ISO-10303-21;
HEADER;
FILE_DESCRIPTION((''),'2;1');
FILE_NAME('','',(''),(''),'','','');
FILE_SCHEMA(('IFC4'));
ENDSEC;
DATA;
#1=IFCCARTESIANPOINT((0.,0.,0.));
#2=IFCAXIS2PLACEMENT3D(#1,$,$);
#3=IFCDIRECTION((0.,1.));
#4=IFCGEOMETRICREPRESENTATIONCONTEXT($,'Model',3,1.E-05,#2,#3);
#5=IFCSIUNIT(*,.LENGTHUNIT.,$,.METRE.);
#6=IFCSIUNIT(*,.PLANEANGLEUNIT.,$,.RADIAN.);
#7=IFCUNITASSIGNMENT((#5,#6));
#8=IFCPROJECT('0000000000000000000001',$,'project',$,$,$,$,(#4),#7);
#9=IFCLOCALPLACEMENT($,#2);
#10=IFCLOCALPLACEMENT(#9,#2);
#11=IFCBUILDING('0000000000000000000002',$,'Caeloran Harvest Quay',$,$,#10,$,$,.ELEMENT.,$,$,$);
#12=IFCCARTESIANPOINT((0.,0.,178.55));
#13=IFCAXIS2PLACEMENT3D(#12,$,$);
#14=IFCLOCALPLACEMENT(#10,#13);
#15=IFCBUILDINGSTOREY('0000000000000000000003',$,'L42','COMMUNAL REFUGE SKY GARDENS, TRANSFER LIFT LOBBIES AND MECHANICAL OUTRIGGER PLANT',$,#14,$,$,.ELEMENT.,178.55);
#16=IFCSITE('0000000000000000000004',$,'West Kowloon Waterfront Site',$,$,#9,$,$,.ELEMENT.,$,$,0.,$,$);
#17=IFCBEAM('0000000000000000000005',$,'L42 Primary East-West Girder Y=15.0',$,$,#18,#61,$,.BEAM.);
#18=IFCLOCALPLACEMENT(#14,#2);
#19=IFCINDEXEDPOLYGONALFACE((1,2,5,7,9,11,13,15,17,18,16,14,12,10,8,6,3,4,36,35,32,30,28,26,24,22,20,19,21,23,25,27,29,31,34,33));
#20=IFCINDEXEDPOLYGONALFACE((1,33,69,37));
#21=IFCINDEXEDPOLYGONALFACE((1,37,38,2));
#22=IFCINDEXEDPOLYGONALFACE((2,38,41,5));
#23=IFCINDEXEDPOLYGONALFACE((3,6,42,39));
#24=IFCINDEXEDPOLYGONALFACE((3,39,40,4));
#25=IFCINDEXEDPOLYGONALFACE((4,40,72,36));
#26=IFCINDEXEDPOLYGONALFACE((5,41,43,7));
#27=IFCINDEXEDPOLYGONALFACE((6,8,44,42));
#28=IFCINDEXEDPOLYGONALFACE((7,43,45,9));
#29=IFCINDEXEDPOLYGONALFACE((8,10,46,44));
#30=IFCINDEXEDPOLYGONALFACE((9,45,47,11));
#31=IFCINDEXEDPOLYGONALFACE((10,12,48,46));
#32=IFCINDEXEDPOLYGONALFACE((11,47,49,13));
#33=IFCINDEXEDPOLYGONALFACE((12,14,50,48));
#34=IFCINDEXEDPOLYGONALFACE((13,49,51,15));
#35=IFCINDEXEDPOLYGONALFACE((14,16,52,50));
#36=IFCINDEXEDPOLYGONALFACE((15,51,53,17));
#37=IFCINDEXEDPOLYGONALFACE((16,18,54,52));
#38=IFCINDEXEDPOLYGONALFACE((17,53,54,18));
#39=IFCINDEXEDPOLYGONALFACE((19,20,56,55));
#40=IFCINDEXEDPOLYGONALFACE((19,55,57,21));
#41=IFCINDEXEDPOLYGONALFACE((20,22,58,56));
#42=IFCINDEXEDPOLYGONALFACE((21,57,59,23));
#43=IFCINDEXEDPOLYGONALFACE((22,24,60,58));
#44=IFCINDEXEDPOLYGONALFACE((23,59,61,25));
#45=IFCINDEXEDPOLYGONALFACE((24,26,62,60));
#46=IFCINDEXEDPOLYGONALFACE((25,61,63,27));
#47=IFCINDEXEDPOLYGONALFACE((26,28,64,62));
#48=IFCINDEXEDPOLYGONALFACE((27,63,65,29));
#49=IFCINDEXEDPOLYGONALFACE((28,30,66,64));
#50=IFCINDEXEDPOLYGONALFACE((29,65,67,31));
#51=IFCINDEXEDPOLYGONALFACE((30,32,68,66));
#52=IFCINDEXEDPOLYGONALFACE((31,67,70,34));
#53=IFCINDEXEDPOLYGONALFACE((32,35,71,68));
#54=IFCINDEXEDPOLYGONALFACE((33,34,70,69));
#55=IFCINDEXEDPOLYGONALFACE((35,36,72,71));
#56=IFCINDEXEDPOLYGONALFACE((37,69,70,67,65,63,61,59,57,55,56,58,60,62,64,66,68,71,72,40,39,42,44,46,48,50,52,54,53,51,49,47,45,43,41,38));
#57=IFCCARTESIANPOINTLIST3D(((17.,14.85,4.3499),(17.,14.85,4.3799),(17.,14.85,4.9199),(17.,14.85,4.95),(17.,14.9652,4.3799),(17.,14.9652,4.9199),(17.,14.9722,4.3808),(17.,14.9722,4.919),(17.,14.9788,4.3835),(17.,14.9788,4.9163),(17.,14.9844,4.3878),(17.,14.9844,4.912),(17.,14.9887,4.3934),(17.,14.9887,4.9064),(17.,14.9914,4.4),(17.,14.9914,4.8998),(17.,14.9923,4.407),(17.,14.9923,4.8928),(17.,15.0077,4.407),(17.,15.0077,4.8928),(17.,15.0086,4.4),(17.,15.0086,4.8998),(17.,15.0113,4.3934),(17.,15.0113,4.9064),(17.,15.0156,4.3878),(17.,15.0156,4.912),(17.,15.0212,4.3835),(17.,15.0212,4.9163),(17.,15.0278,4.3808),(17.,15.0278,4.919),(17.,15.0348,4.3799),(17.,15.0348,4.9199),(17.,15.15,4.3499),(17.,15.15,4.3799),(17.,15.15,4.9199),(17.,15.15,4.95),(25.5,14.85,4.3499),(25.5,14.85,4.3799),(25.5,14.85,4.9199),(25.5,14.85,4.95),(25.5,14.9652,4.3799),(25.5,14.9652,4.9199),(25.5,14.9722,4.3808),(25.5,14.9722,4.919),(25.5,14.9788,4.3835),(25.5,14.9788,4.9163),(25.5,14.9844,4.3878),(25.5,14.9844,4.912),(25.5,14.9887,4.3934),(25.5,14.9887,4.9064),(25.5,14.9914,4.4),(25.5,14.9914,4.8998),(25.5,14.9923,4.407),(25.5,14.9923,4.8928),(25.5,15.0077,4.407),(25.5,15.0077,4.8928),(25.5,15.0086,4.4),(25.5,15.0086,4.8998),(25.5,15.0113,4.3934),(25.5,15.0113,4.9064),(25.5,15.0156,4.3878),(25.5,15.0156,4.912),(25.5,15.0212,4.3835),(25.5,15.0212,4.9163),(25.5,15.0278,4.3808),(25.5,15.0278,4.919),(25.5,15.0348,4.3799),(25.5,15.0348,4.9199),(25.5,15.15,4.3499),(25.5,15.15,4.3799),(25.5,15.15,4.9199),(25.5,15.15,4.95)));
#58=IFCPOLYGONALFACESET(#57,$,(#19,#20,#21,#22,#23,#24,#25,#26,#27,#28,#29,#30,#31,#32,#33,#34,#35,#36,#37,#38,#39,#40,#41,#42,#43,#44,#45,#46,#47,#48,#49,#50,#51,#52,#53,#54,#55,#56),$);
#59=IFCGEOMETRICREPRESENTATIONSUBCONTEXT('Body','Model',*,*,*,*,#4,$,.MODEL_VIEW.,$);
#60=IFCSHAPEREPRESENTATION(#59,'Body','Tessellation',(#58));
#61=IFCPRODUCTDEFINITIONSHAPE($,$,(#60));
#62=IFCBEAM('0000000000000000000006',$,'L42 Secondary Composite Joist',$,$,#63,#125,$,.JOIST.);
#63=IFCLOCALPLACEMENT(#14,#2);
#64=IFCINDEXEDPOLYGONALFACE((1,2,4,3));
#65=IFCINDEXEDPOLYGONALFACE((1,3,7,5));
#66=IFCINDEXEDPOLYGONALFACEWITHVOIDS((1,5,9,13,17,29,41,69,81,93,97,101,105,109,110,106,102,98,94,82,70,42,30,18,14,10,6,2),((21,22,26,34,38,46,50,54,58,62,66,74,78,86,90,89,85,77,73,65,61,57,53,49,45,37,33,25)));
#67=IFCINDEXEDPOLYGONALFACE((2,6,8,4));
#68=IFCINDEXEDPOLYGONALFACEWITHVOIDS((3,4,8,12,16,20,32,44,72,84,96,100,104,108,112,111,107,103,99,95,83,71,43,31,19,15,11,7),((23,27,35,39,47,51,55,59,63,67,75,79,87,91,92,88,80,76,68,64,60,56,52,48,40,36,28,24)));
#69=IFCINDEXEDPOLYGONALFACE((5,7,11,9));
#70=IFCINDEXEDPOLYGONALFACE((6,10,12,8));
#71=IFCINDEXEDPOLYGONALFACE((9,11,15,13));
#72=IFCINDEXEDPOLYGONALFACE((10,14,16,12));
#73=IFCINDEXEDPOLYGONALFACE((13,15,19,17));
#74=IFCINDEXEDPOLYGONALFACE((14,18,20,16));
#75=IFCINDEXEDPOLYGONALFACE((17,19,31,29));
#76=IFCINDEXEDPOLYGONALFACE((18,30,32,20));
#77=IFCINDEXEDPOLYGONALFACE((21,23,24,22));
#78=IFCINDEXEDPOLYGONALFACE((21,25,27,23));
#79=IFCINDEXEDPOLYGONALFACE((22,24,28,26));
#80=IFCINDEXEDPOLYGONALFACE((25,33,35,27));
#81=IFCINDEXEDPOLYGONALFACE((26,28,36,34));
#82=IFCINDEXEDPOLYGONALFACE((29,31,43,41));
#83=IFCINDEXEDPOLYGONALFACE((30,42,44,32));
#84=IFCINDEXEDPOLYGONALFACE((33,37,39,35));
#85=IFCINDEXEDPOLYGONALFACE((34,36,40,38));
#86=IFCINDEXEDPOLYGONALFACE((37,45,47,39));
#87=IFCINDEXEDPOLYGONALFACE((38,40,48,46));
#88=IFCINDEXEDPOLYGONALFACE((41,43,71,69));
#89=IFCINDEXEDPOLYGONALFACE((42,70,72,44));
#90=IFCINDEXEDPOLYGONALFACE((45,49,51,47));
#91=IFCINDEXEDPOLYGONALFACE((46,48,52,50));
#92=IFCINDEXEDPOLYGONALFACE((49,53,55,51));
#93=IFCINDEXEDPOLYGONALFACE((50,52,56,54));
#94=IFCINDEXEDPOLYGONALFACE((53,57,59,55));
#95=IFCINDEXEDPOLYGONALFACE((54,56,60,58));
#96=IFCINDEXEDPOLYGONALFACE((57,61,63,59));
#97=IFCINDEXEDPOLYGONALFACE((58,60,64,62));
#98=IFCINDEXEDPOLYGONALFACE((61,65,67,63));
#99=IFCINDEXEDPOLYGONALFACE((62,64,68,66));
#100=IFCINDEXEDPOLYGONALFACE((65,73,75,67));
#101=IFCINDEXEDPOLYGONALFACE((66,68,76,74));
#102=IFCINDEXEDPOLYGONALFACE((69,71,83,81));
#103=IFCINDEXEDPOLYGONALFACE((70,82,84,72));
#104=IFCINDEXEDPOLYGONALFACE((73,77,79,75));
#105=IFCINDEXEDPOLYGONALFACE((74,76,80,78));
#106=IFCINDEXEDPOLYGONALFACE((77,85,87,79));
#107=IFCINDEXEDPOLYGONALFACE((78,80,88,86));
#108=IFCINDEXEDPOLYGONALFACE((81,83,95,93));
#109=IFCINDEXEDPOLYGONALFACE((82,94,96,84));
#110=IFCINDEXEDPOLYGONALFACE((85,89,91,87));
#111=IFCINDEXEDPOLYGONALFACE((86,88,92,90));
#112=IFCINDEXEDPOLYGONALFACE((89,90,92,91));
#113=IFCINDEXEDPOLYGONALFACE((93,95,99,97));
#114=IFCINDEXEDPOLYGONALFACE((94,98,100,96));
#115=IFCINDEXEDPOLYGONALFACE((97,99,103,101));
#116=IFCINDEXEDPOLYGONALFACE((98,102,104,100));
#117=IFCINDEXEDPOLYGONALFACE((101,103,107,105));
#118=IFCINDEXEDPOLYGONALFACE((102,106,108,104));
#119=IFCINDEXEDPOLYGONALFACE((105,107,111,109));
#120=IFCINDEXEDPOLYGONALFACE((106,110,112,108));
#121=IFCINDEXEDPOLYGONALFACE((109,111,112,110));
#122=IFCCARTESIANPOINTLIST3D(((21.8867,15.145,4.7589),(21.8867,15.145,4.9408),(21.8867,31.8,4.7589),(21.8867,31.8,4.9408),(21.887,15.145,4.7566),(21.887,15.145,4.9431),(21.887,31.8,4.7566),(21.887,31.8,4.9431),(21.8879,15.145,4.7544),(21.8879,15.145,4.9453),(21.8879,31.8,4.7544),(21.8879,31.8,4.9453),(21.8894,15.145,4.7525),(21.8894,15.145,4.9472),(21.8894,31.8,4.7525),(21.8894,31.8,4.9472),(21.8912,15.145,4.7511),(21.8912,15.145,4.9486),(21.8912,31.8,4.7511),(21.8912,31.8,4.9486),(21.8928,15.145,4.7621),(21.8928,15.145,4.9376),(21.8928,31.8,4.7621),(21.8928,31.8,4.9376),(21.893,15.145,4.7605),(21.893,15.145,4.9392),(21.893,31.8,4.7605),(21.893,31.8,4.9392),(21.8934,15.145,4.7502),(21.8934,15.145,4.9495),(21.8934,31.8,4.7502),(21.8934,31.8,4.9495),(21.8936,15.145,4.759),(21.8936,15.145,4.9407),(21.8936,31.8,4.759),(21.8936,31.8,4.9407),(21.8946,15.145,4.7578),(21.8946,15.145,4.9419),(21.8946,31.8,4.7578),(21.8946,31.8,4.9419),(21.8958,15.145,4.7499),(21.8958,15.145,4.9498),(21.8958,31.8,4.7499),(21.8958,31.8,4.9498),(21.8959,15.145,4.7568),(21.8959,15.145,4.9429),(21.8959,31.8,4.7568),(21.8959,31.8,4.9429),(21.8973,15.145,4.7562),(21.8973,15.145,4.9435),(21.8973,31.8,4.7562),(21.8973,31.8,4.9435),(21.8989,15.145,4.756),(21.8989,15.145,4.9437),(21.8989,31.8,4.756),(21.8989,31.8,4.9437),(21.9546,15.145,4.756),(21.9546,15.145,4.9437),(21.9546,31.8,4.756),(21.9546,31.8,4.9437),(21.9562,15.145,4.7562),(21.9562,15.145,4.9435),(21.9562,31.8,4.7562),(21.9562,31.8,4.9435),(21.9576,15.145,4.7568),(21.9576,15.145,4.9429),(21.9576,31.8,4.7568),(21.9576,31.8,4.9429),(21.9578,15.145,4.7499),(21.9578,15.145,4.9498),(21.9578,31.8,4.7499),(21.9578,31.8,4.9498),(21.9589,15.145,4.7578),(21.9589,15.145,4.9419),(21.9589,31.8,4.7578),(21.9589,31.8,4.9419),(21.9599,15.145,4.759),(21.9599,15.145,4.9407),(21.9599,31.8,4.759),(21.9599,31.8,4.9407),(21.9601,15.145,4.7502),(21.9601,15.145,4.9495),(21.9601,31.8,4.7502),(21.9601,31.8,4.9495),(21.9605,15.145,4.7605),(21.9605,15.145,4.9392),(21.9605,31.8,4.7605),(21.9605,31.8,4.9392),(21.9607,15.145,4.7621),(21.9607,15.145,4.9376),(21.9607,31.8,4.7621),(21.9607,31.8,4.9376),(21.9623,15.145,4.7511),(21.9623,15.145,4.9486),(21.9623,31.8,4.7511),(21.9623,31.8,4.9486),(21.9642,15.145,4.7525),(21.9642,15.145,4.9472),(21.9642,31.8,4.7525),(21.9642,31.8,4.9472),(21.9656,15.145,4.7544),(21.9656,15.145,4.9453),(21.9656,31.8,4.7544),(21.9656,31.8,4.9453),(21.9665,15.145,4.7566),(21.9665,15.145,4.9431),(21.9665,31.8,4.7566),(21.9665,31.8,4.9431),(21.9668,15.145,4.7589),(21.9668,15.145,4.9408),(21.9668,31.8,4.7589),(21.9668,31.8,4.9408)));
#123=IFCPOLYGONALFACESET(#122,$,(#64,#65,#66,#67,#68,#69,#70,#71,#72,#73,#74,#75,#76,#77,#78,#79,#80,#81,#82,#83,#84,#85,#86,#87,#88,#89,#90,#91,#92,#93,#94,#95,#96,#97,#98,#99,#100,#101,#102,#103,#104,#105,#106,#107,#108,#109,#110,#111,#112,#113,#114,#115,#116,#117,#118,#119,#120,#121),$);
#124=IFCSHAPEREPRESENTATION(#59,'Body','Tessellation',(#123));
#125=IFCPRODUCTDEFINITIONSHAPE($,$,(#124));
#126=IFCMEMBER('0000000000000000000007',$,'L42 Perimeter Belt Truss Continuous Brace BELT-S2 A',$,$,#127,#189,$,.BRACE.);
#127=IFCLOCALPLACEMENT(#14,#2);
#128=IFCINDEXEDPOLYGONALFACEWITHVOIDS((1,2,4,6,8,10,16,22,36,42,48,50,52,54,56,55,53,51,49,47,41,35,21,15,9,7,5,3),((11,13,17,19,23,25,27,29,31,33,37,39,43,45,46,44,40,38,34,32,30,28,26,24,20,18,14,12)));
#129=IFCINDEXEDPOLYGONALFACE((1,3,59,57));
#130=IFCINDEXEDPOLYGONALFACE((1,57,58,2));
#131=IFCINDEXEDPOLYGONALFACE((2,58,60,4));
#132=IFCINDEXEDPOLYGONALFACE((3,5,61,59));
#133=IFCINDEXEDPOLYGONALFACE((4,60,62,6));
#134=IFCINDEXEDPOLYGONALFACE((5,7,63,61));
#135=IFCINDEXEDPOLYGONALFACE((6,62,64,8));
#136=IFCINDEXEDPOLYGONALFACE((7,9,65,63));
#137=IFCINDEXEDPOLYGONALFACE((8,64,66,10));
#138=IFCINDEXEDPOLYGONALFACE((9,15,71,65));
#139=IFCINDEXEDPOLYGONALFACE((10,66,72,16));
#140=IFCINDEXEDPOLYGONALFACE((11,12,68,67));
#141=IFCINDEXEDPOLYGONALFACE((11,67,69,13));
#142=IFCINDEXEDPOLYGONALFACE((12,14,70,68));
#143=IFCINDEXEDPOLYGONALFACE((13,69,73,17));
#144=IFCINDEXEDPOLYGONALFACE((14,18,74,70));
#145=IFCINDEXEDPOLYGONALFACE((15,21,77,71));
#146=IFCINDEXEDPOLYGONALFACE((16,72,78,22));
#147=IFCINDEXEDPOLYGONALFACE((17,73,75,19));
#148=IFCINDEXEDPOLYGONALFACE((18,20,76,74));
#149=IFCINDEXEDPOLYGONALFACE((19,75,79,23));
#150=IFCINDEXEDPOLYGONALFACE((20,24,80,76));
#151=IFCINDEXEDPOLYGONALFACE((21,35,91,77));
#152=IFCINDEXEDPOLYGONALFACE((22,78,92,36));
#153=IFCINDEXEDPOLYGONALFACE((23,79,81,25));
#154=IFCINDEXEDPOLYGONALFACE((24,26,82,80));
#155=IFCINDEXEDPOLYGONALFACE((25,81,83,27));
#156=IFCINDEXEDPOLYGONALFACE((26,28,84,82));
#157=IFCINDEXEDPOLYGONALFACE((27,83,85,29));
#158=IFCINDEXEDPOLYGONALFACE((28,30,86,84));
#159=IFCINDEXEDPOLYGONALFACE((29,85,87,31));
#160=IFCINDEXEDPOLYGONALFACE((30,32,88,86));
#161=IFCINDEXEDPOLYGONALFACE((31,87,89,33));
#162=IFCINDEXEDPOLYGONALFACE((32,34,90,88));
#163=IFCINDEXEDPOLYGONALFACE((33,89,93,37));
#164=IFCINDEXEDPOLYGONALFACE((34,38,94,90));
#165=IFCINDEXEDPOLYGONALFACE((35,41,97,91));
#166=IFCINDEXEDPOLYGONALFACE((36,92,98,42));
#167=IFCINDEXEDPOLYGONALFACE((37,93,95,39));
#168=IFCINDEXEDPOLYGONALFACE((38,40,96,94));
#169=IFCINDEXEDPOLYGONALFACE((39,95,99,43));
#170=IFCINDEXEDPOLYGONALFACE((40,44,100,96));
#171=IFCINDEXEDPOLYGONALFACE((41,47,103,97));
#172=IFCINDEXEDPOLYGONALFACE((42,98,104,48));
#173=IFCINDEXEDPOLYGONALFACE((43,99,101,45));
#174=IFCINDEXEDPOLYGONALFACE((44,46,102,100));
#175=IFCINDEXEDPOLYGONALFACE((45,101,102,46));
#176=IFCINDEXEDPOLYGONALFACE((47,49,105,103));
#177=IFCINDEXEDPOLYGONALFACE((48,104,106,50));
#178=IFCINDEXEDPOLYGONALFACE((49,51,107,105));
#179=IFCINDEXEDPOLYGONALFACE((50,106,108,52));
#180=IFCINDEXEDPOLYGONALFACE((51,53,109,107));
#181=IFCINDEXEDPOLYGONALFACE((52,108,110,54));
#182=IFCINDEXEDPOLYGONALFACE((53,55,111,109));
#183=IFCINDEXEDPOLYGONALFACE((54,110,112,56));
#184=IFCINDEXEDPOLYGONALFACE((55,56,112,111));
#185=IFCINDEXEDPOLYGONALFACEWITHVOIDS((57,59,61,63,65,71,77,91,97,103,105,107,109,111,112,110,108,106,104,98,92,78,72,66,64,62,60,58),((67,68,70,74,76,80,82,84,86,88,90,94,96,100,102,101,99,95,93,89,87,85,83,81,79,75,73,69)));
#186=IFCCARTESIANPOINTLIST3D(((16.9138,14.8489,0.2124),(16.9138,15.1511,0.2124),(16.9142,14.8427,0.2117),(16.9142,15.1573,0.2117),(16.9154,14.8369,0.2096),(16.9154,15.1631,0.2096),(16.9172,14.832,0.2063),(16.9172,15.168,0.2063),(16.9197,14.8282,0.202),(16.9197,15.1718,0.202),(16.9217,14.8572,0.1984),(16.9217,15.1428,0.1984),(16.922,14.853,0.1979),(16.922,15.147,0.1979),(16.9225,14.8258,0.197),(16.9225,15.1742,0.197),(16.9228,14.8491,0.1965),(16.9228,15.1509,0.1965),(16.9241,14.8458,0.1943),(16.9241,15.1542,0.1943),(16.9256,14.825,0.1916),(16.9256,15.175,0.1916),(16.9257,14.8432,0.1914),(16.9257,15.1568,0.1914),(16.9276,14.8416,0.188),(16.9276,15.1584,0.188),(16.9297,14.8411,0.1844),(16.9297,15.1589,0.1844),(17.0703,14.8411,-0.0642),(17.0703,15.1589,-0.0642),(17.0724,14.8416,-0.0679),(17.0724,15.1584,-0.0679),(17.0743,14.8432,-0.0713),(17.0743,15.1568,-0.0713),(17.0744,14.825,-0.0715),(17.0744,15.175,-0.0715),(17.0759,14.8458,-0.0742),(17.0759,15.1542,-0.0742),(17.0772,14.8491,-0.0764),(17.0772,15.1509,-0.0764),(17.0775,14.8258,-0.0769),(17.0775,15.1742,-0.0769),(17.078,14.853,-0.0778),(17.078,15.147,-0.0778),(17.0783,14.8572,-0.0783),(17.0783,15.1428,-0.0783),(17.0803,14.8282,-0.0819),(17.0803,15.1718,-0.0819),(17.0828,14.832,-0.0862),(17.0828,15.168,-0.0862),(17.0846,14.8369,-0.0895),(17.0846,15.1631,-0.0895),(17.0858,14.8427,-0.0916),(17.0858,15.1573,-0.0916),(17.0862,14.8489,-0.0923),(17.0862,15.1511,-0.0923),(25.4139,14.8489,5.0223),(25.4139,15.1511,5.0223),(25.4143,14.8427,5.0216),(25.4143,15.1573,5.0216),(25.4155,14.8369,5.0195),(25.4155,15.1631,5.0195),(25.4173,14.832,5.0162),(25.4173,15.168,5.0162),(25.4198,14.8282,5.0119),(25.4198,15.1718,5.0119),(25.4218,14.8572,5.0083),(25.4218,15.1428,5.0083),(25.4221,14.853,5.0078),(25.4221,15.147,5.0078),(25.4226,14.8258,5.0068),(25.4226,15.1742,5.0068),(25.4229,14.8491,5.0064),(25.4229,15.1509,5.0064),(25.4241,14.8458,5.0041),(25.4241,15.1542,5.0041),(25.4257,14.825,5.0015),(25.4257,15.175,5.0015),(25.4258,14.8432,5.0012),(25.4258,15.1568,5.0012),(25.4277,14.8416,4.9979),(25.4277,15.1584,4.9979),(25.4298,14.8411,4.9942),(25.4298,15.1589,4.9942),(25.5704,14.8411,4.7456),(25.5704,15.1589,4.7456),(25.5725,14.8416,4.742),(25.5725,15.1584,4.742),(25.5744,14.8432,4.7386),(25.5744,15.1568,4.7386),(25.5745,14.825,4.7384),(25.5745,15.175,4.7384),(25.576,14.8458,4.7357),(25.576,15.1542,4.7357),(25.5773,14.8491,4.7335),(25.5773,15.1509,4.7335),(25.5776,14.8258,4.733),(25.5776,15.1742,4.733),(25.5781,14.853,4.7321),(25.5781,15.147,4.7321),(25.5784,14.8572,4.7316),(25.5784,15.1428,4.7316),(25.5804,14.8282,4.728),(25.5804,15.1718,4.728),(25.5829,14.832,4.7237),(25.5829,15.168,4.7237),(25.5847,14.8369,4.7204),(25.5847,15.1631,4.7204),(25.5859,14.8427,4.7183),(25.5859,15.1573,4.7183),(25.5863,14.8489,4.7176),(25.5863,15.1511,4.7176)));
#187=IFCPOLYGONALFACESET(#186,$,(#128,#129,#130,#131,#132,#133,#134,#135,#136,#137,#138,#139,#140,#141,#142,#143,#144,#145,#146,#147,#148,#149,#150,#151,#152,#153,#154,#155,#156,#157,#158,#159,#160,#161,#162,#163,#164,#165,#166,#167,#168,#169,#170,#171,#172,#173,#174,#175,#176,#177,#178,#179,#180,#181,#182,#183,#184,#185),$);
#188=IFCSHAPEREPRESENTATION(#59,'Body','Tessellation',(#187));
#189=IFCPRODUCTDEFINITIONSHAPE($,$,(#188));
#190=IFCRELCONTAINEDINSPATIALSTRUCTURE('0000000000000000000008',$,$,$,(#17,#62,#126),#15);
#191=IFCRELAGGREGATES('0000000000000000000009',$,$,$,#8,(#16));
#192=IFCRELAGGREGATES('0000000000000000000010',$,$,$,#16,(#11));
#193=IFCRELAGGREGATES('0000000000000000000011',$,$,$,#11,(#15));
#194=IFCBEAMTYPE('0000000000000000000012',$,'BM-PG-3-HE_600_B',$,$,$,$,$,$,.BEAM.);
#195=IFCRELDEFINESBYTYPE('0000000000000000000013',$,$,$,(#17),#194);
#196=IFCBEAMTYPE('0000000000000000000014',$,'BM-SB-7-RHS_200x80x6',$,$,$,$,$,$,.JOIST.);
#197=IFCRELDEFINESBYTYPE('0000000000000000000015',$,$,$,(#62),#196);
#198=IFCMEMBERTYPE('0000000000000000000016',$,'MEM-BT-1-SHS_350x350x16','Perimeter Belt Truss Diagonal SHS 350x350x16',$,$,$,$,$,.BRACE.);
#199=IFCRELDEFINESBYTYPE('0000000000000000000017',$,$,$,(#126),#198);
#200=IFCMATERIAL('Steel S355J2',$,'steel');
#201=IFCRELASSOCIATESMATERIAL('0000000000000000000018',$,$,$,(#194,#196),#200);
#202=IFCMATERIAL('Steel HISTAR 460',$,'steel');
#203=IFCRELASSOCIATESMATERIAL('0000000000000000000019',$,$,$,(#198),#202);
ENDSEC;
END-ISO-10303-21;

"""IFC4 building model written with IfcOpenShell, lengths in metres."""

from ifc_helpers import new_model, si_unit, direction, frame, origin, origin_2d, place, context, subcontext, project, spatial, hollow_rectangle, i_section, extrude, material, material_profile, profile_set, type_object, element, save


model = new_model("IFC4")

# Units and contexts
model_context = context("Model", 3, precision=1e-05, world=origin(), true_north=direction((0.0, 1.0)))
body_context = subcontext(model_context, "Body", "Model", "MODEL_VIEW")
ifc_project = project(units=[si_unit("LENGTHUNIT", "METRE"), si_unit("PLANEANGLEUNIT", "RADIAN")], contexts=[model_context])

# Site, building, storey
site_placement = place(None, origin())
site = spatial("IfcSite", under=ifc_project, at=site_placement, Name="West Kowloon Waterfront Site", CompositionType="ELEMENT", RefElevation=0.0)
building_placement = place(site_placement, origin())
building = spatial("IfcBuilding", under=site, at=building_placement, Name="Caeloran Harvest Quay", CompositionType="ELEMENT")
storey_placement = place(building_placement, frame((0.0, 0.0, 178.55)))
storey = spatial("IfcBuildingStorey", under=building, at=storey_placement, Name="L42", Description="COMMUNAL REFUGE SKY GARDENS, TRANSFER LIFT LOBBIES AND MECHANICAL OUTRIGGER PLANT", CompositionType="ELEMENT", Elevation=178.55)

# Beams
ifc_material_1 = material(Name="Steel S355J2", Category="steel")
ifc_material_profile_1 = material_profile(ifc_material_1, i_section(OverallWidth=0.3, OverallDepth=0.6001, WebThickness=0.0154, FlangeThickness=0.03, FilletRadius=0.0271, at=origin_2d()), Name="HE 600 B")
ifc_profile_set_1 = profile_set([ifc_material_profile_1], Name="Steel S355J2")
beam_type_1 = type_object("IfcBeamType", Name="BM-PG-3-HE_600_B", PredefinedType="BEAM", material=ifc_profile_set_1)
beam_1_placement = place(storey_placement, frame((17.0, 15.0, 4.6499), z_axis=(1.0, 0.0, 0.0), x_axis=(0.0, 1.0, 0.0)))
element("IfcBeam", 1, at=beam_1_placement, inside=storey, type_object=beam_type_1, Name="L42 Primary East-West Girder Y=15.0", PredefinedType="BEAM", context=body_context, shape_type="SweptSolid", body=[
    extrude(i_section(OverallWidth=0.3, OverallDepth=0.6001, WebThickness=0.0154, FlangeThickness=0.03, FilletRadius=0.0271, at=origin_2d()), origin(), (0.0, 0.0, 1.0), 8.5),
])
ifc_material_profile_2 = material_profile(ifc_material_1, hollow_rectangle(XDim=0.0801, YDim=0.2, WallThickness=0.0061, InnerFilletRadius=0.0061, OuterFilletRadius=0.009, at=origin_2d()), Name="RHS 200x80x6")
ifc_profile_set_2 = profile_set([ifc_material_profile_2], Name="Steel S355J2")
beam_type_2 = type_object("IfcBeamType", Name="BM-SB-7-RHS_200x80x6", PredefinedType="JOIST", material=ifc_profile_set_2)
beam_2_placement = place(storey_placement, frame((21.9268, 15.145, 4.8499), z_axis=(0.0, 1.0, 0.0), x_axis=(-1.0, 0.0, 0.0)))
element("IfcBeam", 2, at=beam_2_placement, inside=storey, type_object=beam_type_2, Name="L42 Secondary Composite Joist", PredefinedType="JOIST", context=body_context, shape_type="SweptSolid", body=[
    extrude(hollow_rectangle(XDim=0.0801, YDim=0.2, WallThickness=0.0061, InnerFilletRadius=0.0061, OuterFilletRadius=0.009, at=origin_2d()), origin(), (0.0, 0.0, 1.0), 16.655),
])

# Member
ifc_material_2 = material(Name="Steel HISTAR 460", Category="steel")
ifc_material_profile_3 = material_profile(ifc_material_2, hollow_rectangle(XDim=0.3501, YDim=0.3501, WallThickness=0.0161, InnerFilletRadius=0.0161, OuterFilletRadius=0.0239, at=origin_2d()), Name="SHS 350x350x16")
ifc_profile_set_3 = profile_set([ifc_material_profile_3], Name="Steel HISTAR 460")
member_type = type_object("IfcMemberType", Name="MEM-BT-1-SHS_350x350x16", Description="Perimeter Belt Truss Diagonal SHS 350x350x16", PredefinedType="BRACE", material=ifc_profile_set_3)
member_placement = place(storey_placement, frame((17.0, 15.0, 0.0601), z_axis=(0.870323, 0.0, 0.492481), x_axis=(0.0, 1.0, 0.0)))
element("IfcMember", 3, at=member_placement, inside=storey, type_object=member_type, Name="L42 Perimeter Belt Truss Continuous Brace BELT-S2 A", PredefinedType="BRACE", context=body_context, shape_type="SweptSolid", body=[
    extrude(hollow_rectangle(XDim=0.3501, YDim=0.3501, WallThickness=0.0161, InnerFilletRadius=0.0161, OuterFilletRadius=0.0239, at=origin_2d()), origin(), (0.0, 0.0, 1.0), 9.7666),
])

save(model, "model.ifc")
